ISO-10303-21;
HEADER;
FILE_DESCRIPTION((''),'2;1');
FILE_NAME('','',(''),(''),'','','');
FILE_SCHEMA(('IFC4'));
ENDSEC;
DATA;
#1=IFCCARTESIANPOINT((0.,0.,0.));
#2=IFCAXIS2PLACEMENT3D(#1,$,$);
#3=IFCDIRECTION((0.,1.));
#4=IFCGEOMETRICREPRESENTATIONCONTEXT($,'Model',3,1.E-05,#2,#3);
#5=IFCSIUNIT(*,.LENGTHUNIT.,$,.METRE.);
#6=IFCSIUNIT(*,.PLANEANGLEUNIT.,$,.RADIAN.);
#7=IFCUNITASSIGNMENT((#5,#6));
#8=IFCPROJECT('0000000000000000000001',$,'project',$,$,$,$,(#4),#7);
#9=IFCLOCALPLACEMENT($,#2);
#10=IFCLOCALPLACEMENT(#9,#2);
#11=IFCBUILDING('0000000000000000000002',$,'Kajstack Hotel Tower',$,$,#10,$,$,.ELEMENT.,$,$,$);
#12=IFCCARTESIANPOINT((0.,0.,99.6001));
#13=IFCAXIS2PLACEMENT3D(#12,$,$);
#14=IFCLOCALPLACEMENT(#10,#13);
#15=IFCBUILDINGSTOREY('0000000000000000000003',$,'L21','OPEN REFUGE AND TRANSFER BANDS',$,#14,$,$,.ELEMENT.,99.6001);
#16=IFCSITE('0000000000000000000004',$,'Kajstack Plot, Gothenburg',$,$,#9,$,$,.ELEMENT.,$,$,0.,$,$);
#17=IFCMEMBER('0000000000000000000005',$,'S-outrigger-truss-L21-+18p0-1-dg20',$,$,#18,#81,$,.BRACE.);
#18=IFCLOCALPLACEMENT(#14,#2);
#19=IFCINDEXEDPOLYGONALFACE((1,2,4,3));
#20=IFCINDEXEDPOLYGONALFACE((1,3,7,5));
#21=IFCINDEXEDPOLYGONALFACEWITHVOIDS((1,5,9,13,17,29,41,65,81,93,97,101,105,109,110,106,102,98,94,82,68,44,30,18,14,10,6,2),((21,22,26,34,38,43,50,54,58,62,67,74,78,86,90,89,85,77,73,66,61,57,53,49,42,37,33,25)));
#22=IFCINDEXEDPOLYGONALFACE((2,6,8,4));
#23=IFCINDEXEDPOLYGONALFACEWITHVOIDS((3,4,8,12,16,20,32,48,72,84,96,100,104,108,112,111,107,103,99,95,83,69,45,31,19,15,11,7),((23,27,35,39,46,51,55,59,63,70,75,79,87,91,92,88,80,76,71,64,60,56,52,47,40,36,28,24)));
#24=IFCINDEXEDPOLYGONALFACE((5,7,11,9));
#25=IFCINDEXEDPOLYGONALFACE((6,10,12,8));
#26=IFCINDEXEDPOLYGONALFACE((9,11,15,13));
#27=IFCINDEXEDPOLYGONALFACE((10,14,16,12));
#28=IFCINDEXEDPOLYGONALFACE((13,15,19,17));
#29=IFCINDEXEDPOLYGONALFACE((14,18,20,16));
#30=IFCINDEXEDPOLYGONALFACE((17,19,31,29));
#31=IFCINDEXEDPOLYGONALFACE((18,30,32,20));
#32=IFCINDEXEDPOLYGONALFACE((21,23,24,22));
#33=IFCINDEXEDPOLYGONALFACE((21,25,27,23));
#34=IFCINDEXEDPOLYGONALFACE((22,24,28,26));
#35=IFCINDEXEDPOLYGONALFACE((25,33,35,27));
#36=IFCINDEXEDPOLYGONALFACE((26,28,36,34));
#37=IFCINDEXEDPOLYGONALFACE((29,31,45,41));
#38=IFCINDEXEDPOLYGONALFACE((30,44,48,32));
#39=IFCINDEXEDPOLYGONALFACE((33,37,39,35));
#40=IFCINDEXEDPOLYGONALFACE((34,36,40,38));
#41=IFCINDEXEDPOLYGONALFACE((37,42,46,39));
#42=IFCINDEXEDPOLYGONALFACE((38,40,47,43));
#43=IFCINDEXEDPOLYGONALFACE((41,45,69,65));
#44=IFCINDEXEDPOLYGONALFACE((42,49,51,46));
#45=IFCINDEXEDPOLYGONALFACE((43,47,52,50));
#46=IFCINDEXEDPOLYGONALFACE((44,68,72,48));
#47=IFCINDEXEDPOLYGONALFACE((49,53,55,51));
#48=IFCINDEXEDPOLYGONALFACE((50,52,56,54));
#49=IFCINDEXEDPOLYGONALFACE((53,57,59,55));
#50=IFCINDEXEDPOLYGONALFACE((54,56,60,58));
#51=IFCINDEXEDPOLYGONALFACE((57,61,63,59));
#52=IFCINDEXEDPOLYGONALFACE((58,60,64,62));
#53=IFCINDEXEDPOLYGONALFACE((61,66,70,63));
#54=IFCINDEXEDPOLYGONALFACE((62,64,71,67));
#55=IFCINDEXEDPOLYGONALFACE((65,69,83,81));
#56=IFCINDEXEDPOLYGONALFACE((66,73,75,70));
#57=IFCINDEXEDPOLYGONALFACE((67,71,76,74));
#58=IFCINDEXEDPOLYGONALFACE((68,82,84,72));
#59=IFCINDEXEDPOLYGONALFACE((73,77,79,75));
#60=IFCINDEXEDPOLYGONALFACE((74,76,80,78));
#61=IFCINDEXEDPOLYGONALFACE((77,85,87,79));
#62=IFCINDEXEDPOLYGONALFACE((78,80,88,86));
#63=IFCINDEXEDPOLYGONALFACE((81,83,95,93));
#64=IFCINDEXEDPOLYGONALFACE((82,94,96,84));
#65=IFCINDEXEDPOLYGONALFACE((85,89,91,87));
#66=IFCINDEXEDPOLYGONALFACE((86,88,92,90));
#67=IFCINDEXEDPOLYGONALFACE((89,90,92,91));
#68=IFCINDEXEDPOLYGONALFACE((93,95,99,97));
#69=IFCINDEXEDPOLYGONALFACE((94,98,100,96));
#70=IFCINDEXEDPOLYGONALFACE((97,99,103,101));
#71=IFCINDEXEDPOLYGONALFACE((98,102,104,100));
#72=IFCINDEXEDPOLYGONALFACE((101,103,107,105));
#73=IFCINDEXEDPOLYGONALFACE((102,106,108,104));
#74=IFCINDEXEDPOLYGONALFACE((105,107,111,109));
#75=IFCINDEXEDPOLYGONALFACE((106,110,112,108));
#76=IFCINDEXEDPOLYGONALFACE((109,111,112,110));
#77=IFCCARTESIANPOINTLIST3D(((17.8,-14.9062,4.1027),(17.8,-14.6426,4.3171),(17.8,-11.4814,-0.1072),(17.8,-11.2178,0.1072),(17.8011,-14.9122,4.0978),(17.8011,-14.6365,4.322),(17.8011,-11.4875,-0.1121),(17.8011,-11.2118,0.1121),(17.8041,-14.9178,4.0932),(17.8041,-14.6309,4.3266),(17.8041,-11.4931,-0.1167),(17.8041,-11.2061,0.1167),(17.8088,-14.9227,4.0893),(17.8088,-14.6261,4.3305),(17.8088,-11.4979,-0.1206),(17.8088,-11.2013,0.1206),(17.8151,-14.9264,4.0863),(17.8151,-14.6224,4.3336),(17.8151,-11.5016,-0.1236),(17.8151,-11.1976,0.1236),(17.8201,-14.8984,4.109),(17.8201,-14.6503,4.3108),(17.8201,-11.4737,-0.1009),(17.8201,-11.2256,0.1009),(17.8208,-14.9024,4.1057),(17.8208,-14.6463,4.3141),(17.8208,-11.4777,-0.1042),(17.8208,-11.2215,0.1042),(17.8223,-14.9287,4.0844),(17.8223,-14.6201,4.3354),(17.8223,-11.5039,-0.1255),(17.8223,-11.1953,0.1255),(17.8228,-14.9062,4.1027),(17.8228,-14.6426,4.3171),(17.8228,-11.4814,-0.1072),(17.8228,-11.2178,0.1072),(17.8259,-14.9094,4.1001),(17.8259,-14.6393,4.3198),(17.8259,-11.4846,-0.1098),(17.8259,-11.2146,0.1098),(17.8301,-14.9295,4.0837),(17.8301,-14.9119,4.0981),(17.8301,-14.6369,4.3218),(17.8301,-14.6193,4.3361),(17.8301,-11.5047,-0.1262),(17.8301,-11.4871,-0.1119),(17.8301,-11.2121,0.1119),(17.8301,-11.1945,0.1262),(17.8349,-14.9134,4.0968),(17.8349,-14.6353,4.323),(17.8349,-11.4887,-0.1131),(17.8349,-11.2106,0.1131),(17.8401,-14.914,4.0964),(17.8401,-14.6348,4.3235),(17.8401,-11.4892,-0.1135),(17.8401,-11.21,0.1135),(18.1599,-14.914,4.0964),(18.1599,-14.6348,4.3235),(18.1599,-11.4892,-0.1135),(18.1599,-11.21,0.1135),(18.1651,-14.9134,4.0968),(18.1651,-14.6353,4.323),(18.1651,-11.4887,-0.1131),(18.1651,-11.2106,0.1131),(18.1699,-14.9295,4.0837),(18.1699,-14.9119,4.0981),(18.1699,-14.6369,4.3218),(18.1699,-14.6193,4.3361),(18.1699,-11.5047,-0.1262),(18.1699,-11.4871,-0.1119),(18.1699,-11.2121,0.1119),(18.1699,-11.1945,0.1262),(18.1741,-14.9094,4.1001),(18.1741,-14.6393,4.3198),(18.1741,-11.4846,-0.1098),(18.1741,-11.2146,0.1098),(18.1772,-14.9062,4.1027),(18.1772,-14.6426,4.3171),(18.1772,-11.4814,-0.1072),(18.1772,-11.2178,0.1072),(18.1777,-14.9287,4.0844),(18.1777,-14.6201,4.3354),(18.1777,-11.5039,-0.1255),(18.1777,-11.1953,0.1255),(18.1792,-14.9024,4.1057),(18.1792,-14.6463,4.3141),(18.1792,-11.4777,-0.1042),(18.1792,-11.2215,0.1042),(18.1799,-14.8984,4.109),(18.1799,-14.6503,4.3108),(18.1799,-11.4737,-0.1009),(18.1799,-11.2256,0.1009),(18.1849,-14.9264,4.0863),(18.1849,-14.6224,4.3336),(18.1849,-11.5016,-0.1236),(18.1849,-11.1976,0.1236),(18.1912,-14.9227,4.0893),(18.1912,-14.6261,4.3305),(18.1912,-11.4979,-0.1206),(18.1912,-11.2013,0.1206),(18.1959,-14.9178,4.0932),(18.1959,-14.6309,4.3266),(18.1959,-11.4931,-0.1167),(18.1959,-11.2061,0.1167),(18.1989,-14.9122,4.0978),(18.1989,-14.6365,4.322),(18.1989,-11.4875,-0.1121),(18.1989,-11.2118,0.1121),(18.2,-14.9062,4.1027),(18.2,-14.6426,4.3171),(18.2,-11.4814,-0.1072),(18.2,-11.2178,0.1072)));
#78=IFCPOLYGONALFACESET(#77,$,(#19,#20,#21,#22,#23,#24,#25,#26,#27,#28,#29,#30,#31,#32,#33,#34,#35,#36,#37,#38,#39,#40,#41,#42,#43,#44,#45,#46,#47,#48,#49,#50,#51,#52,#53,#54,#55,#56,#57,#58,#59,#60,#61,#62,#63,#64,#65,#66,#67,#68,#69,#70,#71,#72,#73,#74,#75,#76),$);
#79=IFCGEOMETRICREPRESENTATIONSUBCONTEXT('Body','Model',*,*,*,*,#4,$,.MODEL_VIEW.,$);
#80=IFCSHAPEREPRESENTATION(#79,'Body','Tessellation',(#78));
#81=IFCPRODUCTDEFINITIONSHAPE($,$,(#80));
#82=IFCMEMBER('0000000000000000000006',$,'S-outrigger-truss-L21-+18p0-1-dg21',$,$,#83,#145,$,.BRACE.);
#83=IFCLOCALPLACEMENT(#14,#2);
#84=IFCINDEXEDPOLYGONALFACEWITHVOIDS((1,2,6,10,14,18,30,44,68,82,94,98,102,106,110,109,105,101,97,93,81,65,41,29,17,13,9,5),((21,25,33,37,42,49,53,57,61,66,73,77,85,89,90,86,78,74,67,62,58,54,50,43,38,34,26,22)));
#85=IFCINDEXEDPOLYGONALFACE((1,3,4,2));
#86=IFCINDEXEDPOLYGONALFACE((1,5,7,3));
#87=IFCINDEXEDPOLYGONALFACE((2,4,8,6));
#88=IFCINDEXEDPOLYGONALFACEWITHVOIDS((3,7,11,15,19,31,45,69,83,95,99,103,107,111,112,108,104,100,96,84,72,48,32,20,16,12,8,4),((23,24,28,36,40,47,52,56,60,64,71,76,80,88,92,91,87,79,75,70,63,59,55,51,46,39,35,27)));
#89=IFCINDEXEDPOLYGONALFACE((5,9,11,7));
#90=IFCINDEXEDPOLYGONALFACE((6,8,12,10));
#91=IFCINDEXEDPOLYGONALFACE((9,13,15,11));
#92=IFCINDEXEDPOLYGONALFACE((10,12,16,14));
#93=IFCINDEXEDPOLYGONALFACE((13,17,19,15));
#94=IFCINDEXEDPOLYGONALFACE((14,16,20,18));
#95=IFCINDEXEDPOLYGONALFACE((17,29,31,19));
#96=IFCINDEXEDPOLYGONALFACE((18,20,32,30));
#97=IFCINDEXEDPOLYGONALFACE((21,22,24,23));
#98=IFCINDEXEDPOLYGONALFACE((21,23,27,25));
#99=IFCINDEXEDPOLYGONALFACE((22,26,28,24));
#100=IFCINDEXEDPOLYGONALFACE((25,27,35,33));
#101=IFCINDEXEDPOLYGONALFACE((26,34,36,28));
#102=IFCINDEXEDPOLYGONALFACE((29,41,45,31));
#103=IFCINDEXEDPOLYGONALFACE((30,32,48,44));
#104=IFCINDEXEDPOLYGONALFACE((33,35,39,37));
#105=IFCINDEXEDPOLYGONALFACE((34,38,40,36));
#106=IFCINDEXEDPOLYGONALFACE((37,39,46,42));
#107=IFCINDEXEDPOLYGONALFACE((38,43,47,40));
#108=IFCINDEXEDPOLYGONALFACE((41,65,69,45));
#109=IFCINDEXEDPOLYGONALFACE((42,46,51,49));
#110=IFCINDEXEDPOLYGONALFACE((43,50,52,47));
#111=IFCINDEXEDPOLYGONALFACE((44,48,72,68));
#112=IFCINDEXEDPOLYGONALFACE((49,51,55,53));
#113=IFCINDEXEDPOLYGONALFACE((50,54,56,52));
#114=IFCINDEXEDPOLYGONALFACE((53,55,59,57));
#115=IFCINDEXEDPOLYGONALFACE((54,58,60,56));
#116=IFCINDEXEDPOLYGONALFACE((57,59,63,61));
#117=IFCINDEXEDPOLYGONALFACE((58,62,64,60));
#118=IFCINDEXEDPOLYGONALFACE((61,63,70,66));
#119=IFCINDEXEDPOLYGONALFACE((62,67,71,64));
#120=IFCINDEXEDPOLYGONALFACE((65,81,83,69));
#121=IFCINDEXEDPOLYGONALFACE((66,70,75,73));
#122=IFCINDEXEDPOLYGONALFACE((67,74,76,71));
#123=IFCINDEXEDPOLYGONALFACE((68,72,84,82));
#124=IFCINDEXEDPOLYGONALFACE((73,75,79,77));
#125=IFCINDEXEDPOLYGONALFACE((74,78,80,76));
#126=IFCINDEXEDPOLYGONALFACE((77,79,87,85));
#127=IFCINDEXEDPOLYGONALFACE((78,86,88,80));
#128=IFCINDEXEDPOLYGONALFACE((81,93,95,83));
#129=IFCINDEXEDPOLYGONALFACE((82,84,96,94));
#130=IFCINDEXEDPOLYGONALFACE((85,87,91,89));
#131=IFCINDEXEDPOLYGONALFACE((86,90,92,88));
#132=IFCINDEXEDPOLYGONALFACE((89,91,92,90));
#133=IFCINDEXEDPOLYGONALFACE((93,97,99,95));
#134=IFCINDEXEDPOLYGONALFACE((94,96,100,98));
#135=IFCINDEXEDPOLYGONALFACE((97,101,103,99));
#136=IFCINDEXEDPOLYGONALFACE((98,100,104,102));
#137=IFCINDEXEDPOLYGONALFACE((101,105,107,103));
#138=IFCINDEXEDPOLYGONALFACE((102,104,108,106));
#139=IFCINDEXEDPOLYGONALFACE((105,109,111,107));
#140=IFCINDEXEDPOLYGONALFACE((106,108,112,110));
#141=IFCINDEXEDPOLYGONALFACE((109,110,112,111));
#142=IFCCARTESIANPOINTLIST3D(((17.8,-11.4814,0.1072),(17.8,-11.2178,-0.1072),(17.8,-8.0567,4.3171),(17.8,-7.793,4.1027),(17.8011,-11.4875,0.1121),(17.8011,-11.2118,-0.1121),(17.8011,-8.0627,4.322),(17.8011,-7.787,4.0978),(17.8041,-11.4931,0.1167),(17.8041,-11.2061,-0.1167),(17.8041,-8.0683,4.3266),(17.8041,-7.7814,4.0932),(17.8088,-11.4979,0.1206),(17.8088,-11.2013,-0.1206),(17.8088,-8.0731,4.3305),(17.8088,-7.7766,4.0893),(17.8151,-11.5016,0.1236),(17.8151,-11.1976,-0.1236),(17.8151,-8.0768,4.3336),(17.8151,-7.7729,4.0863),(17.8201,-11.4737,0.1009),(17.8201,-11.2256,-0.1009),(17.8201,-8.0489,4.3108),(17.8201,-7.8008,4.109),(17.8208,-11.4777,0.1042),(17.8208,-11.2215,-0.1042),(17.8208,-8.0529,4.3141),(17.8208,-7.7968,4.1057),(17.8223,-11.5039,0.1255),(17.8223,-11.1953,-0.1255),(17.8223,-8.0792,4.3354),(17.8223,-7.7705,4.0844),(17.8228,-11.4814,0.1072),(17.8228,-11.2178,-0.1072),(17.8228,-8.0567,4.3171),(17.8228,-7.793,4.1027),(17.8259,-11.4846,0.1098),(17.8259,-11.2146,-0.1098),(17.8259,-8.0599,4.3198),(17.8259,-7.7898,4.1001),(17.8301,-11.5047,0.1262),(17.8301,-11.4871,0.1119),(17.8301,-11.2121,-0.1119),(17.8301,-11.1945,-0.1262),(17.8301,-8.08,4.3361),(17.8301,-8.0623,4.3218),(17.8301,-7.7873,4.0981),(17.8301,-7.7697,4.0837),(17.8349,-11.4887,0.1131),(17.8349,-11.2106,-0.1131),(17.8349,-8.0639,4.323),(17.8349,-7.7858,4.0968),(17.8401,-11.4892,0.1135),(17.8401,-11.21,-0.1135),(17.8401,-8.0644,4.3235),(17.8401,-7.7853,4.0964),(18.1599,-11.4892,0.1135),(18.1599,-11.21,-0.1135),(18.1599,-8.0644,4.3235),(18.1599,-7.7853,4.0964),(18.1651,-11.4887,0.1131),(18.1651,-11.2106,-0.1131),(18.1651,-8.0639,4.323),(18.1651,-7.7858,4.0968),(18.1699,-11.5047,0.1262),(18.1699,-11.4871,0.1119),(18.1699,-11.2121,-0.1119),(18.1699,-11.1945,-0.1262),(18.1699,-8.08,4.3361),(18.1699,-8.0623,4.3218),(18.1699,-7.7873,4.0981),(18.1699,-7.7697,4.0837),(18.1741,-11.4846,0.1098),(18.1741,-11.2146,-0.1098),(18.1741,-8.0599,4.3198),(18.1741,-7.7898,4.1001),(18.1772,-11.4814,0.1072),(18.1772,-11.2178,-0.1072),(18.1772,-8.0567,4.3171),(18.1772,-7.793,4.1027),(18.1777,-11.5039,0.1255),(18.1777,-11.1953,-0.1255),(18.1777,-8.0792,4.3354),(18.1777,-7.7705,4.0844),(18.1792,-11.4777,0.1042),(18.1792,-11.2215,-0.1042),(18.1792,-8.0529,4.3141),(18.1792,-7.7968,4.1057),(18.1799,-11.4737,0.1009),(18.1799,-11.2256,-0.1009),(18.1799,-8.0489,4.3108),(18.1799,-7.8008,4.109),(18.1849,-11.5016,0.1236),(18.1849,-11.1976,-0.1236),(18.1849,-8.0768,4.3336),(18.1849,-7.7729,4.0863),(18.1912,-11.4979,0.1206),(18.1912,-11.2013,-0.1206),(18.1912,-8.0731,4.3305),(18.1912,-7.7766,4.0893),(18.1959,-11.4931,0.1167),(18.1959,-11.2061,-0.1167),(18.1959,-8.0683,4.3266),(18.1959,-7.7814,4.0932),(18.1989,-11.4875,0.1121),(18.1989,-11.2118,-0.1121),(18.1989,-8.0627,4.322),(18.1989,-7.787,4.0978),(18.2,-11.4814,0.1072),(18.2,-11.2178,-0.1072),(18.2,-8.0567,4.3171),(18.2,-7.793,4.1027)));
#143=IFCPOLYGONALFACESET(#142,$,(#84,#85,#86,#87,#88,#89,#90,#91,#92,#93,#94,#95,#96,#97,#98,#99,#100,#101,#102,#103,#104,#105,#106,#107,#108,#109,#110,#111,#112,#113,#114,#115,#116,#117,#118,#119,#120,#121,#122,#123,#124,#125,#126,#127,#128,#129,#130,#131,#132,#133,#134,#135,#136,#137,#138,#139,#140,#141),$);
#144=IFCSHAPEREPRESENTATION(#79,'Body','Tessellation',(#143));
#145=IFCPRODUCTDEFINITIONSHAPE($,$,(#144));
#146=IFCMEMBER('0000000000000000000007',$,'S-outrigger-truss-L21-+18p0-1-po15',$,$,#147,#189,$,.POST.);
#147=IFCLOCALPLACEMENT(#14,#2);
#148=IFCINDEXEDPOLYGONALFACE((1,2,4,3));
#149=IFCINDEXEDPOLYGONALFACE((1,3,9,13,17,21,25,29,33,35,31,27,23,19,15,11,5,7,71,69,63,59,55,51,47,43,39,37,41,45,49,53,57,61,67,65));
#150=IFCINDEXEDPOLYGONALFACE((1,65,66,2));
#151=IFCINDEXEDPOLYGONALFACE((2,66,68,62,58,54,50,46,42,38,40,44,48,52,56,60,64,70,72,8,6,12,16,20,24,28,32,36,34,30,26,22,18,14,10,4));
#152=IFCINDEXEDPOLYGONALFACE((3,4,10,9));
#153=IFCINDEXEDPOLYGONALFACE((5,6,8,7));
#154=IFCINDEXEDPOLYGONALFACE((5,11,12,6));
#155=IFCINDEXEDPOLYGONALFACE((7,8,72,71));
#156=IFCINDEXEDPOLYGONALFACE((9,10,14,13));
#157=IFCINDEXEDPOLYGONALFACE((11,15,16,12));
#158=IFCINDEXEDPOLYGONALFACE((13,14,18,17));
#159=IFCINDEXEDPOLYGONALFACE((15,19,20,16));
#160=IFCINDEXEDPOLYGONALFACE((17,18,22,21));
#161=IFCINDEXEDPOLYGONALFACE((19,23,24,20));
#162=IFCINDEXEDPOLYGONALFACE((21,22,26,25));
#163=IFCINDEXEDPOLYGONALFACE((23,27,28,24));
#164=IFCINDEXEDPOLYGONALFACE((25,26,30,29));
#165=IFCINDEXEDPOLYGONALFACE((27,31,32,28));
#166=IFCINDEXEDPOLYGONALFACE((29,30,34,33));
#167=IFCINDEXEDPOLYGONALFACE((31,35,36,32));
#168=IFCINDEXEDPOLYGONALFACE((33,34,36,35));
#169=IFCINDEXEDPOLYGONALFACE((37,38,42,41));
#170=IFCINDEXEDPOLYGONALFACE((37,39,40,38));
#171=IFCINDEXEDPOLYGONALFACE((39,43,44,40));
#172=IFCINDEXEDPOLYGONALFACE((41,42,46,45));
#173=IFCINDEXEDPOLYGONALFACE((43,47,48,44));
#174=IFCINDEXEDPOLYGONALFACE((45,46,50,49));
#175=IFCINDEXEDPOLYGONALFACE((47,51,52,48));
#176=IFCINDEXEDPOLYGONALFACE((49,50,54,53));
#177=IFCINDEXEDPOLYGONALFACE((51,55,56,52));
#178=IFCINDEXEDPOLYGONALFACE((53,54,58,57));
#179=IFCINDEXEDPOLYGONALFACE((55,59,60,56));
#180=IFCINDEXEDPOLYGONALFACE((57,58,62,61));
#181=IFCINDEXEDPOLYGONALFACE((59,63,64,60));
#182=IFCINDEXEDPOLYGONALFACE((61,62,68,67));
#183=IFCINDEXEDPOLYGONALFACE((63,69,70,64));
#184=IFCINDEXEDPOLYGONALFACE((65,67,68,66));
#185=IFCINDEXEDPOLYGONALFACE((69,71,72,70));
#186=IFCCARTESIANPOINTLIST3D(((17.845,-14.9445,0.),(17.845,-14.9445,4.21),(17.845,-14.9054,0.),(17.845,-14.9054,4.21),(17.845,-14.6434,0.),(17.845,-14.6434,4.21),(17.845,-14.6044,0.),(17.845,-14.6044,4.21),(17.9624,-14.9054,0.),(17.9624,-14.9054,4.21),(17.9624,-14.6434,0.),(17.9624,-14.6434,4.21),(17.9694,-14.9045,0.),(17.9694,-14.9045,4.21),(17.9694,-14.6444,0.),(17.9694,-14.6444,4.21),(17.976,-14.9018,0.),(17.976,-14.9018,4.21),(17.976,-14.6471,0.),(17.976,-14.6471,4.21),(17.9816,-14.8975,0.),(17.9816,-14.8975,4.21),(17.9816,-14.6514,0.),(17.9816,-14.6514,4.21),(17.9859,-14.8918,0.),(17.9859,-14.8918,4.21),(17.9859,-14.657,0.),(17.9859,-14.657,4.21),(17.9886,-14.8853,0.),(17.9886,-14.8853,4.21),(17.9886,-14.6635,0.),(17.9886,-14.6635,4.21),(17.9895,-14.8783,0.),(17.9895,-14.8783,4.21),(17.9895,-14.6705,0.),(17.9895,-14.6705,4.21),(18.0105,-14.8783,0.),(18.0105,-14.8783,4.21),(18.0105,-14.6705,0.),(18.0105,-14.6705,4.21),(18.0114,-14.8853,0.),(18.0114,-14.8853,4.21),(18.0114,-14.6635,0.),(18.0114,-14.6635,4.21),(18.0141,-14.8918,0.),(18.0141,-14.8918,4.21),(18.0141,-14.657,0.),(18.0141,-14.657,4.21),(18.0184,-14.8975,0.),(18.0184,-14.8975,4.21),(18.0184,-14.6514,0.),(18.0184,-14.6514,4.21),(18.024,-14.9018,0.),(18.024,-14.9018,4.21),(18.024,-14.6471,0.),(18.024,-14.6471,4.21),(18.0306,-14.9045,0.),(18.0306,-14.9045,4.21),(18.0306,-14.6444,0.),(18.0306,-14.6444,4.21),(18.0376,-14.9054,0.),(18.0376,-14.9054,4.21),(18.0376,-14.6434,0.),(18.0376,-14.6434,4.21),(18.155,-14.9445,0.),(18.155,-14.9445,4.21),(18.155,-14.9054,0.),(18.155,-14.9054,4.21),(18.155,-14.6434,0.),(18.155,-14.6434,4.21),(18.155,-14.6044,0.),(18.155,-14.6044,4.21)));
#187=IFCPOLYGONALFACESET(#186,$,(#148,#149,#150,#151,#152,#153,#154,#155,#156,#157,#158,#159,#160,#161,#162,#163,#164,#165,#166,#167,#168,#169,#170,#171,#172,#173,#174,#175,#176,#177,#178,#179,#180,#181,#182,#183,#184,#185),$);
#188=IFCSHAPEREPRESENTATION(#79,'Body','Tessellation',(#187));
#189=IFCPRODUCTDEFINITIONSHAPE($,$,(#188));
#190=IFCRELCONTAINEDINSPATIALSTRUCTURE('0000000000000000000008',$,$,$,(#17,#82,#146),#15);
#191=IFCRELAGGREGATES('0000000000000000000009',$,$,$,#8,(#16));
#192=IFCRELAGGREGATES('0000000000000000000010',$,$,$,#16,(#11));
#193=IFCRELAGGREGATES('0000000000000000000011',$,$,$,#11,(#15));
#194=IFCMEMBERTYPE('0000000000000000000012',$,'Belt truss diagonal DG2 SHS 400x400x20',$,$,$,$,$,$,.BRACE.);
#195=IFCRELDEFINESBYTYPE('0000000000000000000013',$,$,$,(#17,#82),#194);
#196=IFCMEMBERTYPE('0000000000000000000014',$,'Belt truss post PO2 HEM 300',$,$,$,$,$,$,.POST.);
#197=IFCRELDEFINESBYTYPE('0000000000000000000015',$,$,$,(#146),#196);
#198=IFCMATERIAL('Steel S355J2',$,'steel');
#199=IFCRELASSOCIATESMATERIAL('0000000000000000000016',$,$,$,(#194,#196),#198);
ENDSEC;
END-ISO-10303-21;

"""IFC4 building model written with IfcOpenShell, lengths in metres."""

from ifc_helpers import new_model, si_unit, direction, frame, origin, origin_2d, place, context, subcontext, project, spatial, hollow_rectangle, i_section, extrude, material, material_profile, profile_set, type_object, element, save


model = new_model("IFC4")

# Units and contexts
model_context = context("Model", 3, precision=1e-05, world=origin(), true_north=direction((0.0, 1.0)))
body_context = subcontext(model_context, "Body", "Model", "MODEL_VIEW")
ifc_project = project(units=[si_unit("LENGTHUNIT", "METRE"), si_unit("PLANEANGLEUNIT", "RADIAN")], contexts=[model_context])

# Site, building, storey
site_placement = place(None, origin())
site = spatial("IfcSite", under=ifc_project, at=site_placement, Name="Kajstack Plot, Gothenburg", CompositionType="ELEMENT", RefElevation=0.0)
building_placement = place(site_placement, origin())
building = spatial("IfcBuilding", under=site, at=building_placement, Name="Kajstack Hotel Tower", CompositionType="ELEMENT")
storey_placement = place(building_placement, frame((0.0, 0.0, 99.6001)))
storey = spatial("IfcBuildingStorey", under=building, at=storey_placement, Name="L21", Description="OPEN REFUGE AND TRANSFER BANDS", CompositionType="ELEMENT", Elevation=99.6001)

# Members
ifc_material_1 = material(Name="Steel S355J2", Category="steel")
ifc_material_profile_1 = material_profile(ifc_material_1, hollow_rectangle(XDim=0.3999, YDim=0.3999, WallThickness=0.02, InnerFilletRadius=0.02, OuterFilletRadius=0.03, at=origin_2d()), Name="SHS 400x400x20")
ifc_profile_set_1 = profile_set([ifc_material_profile_1], Name="Steel S355J2")
member_type_1 = type_object("IfcMemberType", Name="Belt truss diagonal DG2 SHS 400x400x20", PredefinedType="BRACE", material=ifc_profile_set_1)
for number, where, z_axis, x_axis, name in (
    (1, (18.0, -11.3496, 0.0), (0.0, -0.63106, 0.775734), (1.0, 0.0, 0.0), "S-outrigger-truss-L21-+18p0-1-dg20"),
    (2, (18.0, -11.3496, 0.0), (0.0, 0.63106, 0.775734), (-1.0, 0.0, 0.0), "S-outrigger-truss-L21-+18p0-1-dg21"),
):
    element("IfcMember", number, at=place(storey_placement, frame(where, z_axis=z_axis, x_axis=x_axis)), inside=storey, type_object=member_type_1, Name=name, PredefinedType="BRACE", context=body_context, shape_type="SweptSolid", body=[
        extrude(hollow_rectangle(XDim=0.3999, YDim=0.3999, WallThickness=0.02, InnerFilletRadius=0.02, OuterFilletRadius=0.03, at=origin_2d()), origin(), (0.0, 0.0, 1.0), 5.427),
    ])
ifc_material_profile_2 = material_profile(ifc_material_1, i_section(OverallWidth=0.3101, OverallDepth=0.3401, WebThickness=0.021, FlangeThickness=0.0391, FilletRadius=0.0271, at=origin_2d()), Name="HEM 300")
ifc_profile_set_2 = profile_set([ifc_material_profile_2], Name="Steel S355J2")
member_type_2 = type_object("IfcMemberType", Name="Belt truss post PO2 HEM 300", PredefinedType="POST", material=ifc_profile_set_2)
for number, where, z_axis, x_axis, name in (
    (3, (18.0, -14.7744, 0.0), (0.0, 0.0, 1.0), (1.0, 0.0, 0.0), "S-outrigger-truss-L21-+18p0-1-po15"),
):
    element("IfcMember", number, at=place(storey_placement, frame(where, z_axis=z_axis, x_axis=x_axis)), inside=storey, type_object=member_type_2, Name=name, PredefinedType="POST", context=body_context, shape_type="SweptSolid", body=[
        extrude(i_section(OverallWidth=0.3101, OverallDepth=0.3401, WebThickness=0.021, FlangeThickness=0.0391, FilletRadius=0.0271, at=origin_2d()), origin(), (0.0, 0.0, 1.0), 4.21),
    ])

save(model, "model.ifc")
